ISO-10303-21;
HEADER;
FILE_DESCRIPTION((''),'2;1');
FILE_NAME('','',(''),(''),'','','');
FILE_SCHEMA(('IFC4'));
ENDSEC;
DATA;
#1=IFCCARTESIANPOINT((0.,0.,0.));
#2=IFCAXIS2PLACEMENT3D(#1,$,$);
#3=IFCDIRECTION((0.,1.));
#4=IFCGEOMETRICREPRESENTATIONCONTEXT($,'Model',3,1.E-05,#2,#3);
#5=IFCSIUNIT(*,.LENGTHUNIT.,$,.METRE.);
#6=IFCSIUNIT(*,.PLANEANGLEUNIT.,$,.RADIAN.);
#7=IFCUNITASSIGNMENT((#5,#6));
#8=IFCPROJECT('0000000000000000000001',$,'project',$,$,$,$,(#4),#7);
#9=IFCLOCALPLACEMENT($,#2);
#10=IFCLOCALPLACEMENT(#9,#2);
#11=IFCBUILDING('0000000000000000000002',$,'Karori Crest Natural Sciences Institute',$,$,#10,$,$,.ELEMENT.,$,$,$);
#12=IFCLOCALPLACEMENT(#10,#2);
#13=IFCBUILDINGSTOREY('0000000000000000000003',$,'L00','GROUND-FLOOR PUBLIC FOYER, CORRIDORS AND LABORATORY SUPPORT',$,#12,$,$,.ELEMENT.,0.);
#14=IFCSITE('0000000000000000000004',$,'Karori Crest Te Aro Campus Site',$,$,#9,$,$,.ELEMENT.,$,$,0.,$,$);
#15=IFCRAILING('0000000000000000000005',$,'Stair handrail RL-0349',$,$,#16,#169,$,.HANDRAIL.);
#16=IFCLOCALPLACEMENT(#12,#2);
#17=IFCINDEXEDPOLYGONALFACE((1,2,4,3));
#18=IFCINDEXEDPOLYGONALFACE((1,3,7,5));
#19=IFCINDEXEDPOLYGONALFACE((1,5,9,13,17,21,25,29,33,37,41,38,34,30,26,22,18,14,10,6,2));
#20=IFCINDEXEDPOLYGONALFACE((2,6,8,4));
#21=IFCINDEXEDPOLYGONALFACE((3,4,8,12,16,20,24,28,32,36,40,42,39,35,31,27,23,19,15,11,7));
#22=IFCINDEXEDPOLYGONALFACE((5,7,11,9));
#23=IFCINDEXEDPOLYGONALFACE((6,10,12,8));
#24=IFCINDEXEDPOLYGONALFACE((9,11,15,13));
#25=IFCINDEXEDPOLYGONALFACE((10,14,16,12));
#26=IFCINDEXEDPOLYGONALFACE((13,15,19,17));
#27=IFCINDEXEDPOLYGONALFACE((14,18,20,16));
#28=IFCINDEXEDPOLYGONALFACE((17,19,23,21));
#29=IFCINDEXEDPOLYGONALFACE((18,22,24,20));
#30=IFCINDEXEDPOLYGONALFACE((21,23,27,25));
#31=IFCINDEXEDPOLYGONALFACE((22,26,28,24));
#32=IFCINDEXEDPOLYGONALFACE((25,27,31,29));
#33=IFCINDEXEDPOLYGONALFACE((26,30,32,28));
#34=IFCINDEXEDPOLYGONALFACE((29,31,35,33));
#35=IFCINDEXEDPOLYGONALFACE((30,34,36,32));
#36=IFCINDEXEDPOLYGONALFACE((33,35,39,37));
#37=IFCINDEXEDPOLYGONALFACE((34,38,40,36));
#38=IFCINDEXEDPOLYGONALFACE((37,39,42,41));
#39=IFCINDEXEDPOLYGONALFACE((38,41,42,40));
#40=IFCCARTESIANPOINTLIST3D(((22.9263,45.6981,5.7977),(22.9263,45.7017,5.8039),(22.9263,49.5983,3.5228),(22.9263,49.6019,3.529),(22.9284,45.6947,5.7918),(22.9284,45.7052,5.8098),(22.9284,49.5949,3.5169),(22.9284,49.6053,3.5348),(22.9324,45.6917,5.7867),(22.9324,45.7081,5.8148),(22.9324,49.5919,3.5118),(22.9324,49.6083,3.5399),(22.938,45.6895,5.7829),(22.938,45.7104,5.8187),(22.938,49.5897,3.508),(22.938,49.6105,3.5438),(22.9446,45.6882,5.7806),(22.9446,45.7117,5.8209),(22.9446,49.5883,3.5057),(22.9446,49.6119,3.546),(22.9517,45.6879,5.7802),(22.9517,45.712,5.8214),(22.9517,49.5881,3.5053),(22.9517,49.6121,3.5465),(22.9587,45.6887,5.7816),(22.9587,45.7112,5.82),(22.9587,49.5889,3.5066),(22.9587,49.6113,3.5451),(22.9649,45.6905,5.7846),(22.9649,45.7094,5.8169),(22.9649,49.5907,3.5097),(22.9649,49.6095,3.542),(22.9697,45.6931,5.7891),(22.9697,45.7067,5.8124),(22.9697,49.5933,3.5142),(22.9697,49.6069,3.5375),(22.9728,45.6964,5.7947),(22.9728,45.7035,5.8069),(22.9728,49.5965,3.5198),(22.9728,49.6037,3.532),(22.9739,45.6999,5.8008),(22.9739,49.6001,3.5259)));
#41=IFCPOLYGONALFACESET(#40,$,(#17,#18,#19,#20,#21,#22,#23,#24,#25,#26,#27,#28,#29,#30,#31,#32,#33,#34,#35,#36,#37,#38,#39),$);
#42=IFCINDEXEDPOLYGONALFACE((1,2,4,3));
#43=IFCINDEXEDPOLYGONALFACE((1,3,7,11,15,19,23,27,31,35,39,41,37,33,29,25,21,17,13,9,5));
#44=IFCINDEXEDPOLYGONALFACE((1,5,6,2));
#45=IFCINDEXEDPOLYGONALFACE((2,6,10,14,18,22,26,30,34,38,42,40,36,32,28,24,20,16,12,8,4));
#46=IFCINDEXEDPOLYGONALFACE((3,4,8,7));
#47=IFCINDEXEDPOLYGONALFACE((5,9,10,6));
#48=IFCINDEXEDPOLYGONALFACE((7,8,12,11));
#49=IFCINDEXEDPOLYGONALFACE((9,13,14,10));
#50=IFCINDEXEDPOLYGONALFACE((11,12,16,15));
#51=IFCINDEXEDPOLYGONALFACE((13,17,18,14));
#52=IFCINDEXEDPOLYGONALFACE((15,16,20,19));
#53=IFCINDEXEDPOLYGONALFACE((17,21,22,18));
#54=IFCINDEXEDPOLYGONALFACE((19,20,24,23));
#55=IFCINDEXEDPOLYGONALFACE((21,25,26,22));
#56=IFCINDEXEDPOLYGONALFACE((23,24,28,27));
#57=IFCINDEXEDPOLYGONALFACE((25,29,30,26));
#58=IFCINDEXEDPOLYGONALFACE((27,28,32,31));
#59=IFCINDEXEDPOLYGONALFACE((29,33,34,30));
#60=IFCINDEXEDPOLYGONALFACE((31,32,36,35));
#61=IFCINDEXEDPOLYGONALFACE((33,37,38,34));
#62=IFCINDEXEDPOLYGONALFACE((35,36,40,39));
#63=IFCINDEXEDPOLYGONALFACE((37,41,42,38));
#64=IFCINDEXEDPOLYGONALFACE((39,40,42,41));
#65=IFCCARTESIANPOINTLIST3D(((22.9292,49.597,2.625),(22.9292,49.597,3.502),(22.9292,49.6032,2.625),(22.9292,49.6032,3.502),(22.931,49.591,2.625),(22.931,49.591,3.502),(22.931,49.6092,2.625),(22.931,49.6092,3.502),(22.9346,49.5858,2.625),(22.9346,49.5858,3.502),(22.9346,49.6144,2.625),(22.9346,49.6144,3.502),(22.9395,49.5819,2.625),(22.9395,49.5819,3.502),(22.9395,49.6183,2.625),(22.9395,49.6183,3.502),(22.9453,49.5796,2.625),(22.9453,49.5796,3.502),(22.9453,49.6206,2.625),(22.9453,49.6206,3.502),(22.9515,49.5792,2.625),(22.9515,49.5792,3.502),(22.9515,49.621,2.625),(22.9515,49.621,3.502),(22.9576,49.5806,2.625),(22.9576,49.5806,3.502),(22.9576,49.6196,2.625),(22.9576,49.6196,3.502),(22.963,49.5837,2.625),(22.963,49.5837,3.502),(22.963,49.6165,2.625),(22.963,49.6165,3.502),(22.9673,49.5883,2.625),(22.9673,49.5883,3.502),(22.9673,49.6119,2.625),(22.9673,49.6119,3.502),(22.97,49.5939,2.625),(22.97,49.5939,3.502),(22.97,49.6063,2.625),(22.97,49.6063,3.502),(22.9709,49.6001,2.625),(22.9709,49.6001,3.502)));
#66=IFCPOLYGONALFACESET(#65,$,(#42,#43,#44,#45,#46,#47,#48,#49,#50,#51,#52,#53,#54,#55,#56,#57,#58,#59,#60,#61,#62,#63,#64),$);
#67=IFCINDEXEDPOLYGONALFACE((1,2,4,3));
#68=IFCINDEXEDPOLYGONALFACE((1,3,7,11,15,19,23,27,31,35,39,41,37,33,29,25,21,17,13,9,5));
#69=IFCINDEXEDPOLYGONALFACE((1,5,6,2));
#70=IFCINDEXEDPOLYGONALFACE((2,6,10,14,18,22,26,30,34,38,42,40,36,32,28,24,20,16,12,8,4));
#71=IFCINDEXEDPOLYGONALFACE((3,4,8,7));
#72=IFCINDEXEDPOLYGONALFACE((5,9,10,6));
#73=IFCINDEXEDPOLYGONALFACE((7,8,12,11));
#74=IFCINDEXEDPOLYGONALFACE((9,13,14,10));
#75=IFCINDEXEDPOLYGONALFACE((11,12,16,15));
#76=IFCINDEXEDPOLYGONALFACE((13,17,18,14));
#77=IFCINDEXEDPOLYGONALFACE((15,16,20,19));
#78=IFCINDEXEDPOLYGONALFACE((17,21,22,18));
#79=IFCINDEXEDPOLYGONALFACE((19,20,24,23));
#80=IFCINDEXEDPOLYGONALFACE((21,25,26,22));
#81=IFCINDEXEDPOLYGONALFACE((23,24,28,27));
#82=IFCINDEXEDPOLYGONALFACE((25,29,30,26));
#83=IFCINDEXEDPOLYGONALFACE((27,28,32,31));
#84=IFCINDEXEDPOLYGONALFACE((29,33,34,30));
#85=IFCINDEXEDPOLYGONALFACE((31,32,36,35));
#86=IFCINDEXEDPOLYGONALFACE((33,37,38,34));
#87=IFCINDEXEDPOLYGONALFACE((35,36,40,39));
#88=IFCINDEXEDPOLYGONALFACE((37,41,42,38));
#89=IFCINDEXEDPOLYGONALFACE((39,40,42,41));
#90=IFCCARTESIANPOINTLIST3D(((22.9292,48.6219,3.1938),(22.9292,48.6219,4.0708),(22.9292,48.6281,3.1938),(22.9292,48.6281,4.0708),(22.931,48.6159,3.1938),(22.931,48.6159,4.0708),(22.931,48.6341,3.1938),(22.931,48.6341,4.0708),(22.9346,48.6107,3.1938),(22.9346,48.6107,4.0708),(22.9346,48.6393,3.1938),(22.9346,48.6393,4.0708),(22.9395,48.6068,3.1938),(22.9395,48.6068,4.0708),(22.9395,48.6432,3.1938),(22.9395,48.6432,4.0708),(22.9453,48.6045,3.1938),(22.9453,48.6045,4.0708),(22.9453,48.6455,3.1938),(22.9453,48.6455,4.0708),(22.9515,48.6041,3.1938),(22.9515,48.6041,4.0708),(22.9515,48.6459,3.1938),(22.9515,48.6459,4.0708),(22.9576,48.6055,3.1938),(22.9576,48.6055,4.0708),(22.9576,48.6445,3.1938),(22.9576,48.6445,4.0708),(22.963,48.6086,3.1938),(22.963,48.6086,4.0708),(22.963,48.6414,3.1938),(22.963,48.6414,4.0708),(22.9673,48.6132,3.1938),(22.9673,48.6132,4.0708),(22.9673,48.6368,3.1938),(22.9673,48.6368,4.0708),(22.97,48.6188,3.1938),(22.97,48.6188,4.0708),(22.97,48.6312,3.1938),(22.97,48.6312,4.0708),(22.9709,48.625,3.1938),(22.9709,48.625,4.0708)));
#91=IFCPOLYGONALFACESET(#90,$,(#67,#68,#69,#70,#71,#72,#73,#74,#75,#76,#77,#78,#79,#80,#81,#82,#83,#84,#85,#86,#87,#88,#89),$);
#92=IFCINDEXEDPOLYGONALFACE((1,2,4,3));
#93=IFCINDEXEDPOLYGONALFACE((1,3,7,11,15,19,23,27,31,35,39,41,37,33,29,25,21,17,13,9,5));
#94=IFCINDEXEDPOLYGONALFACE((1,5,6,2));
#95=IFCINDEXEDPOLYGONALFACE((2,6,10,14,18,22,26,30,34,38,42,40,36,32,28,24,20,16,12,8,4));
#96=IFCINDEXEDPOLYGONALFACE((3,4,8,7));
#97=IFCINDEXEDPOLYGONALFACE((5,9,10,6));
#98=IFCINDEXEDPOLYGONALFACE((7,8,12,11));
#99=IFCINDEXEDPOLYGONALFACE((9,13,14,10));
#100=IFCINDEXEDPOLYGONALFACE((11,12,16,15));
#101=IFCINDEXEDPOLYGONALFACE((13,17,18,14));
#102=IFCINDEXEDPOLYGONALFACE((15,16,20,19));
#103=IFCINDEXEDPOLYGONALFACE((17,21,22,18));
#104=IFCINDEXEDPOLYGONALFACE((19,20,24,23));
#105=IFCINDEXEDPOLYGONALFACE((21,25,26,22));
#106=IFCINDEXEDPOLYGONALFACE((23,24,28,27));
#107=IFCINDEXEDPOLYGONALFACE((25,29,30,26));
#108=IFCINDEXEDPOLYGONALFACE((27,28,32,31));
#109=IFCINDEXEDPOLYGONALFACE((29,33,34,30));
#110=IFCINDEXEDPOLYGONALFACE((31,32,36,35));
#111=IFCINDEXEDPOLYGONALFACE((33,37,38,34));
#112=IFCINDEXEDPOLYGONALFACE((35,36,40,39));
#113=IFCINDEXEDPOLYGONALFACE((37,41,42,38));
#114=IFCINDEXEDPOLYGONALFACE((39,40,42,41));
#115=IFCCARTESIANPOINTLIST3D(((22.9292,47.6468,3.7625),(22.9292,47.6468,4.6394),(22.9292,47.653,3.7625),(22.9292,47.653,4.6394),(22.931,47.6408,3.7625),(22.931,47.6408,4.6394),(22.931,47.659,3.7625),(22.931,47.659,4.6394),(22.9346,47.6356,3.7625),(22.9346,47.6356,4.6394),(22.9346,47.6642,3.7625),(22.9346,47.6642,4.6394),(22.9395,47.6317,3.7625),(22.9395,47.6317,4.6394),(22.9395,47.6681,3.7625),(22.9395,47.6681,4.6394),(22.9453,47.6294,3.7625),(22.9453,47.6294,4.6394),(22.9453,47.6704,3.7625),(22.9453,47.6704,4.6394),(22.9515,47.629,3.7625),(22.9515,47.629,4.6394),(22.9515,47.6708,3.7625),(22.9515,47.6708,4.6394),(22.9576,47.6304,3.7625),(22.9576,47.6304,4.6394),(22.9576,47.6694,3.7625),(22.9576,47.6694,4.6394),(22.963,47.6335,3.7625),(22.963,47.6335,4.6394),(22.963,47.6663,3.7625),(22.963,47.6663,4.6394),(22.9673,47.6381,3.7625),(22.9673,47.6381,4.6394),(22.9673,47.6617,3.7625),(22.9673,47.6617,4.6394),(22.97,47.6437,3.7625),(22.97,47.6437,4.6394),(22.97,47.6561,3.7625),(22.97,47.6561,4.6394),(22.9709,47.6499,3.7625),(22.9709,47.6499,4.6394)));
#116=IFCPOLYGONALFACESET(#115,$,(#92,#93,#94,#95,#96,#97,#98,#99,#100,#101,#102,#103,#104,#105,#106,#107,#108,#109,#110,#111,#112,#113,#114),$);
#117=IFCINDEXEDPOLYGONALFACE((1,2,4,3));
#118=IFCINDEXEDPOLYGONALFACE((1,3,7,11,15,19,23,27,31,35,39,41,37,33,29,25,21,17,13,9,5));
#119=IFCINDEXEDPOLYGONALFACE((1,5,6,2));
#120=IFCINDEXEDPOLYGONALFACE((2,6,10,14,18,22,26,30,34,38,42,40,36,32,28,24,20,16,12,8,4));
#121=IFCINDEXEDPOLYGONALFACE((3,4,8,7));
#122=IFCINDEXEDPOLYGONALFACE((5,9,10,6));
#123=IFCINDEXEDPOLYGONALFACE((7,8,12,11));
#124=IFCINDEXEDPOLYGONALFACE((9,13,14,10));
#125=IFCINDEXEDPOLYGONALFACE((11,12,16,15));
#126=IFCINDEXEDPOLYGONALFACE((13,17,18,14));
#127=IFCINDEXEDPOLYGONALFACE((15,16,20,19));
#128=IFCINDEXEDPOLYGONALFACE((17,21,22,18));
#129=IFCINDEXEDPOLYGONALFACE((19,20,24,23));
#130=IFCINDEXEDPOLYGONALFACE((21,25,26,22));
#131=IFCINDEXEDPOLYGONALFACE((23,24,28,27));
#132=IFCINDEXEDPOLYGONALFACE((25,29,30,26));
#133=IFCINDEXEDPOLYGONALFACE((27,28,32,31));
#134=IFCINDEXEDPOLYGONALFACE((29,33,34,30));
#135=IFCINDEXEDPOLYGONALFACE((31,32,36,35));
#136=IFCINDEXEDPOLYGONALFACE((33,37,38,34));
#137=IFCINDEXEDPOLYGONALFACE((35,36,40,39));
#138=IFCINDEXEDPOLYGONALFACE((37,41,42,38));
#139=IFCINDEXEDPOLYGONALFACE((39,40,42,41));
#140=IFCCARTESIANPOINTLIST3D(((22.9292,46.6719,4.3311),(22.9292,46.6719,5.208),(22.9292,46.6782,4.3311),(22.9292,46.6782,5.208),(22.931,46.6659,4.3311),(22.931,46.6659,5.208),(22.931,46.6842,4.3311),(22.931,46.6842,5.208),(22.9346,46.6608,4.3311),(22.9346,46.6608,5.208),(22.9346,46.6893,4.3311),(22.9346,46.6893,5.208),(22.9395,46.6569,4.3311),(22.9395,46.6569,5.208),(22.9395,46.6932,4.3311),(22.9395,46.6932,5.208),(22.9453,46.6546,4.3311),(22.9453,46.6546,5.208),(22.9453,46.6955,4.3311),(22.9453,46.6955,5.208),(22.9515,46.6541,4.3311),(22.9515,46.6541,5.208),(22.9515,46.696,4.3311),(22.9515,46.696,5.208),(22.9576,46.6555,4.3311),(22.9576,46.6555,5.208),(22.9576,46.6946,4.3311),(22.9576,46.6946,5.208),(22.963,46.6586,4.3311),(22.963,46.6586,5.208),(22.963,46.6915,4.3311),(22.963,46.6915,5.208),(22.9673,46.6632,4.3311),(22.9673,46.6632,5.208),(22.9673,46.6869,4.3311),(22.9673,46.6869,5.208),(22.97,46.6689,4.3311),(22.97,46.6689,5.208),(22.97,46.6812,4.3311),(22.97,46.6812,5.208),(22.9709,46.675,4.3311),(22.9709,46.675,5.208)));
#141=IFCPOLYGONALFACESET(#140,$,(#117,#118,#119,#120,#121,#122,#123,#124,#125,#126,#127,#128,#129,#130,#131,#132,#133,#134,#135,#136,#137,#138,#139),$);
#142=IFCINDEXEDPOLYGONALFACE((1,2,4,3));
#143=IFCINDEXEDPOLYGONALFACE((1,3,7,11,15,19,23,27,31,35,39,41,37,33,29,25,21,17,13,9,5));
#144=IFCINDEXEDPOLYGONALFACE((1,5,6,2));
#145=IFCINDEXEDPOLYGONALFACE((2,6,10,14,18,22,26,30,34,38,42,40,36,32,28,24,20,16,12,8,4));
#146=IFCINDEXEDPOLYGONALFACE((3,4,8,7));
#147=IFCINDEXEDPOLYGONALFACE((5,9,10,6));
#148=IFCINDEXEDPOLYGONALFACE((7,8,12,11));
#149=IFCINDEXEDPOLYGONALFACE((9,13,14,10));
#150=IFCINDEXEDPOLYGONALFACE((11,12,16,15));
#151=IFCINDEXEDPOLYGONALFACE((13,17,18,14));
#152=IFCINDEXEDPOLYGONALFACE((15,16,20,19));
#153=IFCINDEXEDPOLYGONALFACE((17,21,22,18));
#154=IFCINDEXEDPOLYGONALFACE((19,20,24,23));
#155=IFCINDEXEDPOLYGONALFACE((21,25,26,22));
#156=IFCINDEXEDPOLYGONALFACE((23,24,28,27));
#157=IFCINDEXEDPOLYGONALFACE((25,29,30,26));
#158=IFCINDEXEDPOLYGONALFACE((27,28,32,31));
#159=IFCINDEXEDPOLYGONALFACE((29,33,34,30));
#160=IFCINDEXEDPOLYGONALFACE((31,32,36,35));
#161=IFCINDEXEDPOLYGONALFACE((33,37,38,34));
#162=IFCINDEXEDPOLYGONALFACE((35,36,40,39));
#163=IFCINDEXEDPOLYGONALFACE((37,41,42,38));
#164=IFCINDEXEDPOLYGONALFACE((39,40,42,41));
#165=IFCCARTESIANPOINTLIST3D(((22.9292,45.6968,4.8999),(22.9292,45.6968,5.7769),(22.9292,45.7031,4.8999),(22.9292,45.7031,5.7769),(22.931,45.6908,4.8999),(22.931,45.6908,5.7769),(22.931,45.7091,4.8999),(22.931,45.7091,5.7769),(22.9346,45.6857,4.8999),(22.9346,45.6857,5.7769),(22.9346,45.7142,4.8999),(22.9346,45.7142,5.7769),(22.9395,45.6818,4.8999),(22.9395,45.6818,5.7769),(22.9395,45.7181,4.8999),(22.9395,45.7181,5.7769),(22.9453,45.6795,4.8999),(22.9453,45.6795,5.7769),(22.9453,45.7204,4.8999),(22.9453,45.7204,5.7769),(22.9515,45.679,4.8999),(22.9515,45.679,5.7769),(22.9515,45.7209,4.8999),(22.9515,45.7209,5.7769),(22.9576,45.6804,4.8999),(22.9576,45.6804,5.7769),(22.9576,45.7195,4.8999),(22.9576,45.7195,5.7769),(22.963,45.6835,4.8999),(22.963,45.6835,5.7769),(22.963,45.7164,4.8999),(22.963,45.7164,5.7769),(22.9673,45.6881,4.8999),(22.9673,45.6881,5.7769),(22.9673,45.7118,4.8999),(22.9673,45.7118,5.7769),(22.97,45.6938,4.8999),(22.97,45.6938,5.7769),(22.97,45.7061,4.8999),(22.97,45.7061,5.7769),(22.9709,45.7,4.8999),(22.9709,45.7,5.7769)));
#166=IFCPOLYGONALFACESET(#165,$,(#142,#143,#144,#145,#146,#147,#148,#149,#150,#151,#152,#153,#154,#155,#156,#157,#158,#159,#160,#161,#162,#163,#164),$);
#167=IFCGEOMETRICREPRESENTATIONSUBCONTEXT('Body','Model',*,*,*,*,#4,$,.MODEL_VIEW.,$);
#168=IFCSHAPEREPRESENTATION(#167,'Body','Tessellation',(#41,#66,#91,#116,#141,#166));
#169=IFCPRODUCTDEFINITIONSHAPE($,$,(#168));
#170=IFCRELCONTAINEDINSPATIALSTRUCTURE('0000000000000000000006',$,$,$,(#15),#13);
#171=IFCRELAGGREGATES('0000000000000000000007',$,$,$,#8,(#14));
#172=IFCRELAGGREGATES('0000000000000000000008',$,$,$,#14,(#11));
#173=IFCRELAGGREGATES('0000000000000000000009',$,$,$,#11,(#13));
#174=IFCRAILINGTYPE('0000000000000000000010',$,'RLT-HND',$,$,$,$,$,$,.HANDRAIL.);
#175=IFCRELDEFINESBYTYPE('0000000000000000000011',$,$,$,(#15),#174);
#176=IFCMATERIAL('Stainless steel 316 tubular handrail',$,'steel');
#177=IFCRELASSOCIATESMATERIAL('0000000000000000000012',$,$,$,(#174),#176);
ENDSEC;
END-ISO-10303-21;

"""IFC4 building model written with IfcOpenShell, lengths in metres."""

from ifc_helpers import new_model, si_unit, direction, frame, origin, origin_2d, place, context, subcontext, project, spatial, circle, extrude, material, type_object, element, save


model = new_model("IFC4")

# Units and contexts
model_context = context("Model", 3, precision=1e-05, world=origin(), true_north=direction((0.0, 1.0)))
body_context = subcontext(model_context, "Body", "Model", "MODEL_VIEW")
ifc_project = project(units=[si_unit("LENGTHUNIT", "METRE"), si_unit("PLANEANGLEUNIT", "RADIAN")], contexts=[model_context])

# Site, building, storey
site_placement = place(None, origin())
site = spatial("IfcSite", under=ifc_project, at=site_placement, Name="Karori Crest Te Aro Campus Site", CompositionType="ELEMENT", RefElevation=0.0)
building_placement = place(site_placement, origin())
building = spatial("IfcBuilding", under=site, at=building_placement, Name="Karori Crest Natural Sciences Institute", CompositionType="ELEMENT")
storey_placement = place(building_placement, origin())
storey = spatial("IfcBuildingStorey", under=building, at=storey_placement, Name="L00", Description="GROUND-FLOOR PUBLIC FOYER, CORRIDORS AND LABORATORY SUPPORT", CompositionType="ELEMENT", Elevation=0.0)

# Railing
ifc_material_1 = material(Name="Stainless steel 316 tubular handrail", Category="steel")
railing_type_1 = type_object("IfcRailingType", Name="RLT-HND", PredefinedType="HANDRAIL", material=ifc_material_1)
railing_1_placement = place(storey_placement, frame((22.95, 49.6001, 2.625)))
element("IfcRailing", 1, at=railing_1_placement, inside=storey, type_object=railing_type_1, Name="Stair handrail RL-0349", PredefinedType="HANDRAIL", context=body_context, shape_type="SweptSolid", body=[
    extrude(circle(Radius=0.0239, at=origin_2d()), frame((0.0, 0.0, 0.9009), z_axis=(0.0, -0.863797, 0.503841), x_axis=(1.0, 0.0, 0.0)), (0.0, 0.0, 1.0), 4.5151),
    extrude(circle(Radius=0.021, at=origin_2d()), origin(), (0.0, 0.0, 1.0), 0.877),
    extrude(circle(Radius=0.021, at=origin_2d()), frame((0.0, -0.9751, 0.5688)), (0.0, 0.0, 1.0), 0.877),
    extrude(circle(Radius=0.021, at=origin_2d()), frame((0.0, -1.9502, 1.1375)), (0.0, 0.0, 1.0), 0.877),
    extrude(circle(Radius=0.021, at=origin_2d()), frame((0.0, -2.925, 1.7061)), (0.0, 0.0, 1.0), 0.877),
    extrude(circle(Radius=0.021, at=origin_2d()), frame((0.0, -3.9001, 2.2749)), (0.0, 0.0, 1.0), 0.877),
])

save(model, "model.ifc")
